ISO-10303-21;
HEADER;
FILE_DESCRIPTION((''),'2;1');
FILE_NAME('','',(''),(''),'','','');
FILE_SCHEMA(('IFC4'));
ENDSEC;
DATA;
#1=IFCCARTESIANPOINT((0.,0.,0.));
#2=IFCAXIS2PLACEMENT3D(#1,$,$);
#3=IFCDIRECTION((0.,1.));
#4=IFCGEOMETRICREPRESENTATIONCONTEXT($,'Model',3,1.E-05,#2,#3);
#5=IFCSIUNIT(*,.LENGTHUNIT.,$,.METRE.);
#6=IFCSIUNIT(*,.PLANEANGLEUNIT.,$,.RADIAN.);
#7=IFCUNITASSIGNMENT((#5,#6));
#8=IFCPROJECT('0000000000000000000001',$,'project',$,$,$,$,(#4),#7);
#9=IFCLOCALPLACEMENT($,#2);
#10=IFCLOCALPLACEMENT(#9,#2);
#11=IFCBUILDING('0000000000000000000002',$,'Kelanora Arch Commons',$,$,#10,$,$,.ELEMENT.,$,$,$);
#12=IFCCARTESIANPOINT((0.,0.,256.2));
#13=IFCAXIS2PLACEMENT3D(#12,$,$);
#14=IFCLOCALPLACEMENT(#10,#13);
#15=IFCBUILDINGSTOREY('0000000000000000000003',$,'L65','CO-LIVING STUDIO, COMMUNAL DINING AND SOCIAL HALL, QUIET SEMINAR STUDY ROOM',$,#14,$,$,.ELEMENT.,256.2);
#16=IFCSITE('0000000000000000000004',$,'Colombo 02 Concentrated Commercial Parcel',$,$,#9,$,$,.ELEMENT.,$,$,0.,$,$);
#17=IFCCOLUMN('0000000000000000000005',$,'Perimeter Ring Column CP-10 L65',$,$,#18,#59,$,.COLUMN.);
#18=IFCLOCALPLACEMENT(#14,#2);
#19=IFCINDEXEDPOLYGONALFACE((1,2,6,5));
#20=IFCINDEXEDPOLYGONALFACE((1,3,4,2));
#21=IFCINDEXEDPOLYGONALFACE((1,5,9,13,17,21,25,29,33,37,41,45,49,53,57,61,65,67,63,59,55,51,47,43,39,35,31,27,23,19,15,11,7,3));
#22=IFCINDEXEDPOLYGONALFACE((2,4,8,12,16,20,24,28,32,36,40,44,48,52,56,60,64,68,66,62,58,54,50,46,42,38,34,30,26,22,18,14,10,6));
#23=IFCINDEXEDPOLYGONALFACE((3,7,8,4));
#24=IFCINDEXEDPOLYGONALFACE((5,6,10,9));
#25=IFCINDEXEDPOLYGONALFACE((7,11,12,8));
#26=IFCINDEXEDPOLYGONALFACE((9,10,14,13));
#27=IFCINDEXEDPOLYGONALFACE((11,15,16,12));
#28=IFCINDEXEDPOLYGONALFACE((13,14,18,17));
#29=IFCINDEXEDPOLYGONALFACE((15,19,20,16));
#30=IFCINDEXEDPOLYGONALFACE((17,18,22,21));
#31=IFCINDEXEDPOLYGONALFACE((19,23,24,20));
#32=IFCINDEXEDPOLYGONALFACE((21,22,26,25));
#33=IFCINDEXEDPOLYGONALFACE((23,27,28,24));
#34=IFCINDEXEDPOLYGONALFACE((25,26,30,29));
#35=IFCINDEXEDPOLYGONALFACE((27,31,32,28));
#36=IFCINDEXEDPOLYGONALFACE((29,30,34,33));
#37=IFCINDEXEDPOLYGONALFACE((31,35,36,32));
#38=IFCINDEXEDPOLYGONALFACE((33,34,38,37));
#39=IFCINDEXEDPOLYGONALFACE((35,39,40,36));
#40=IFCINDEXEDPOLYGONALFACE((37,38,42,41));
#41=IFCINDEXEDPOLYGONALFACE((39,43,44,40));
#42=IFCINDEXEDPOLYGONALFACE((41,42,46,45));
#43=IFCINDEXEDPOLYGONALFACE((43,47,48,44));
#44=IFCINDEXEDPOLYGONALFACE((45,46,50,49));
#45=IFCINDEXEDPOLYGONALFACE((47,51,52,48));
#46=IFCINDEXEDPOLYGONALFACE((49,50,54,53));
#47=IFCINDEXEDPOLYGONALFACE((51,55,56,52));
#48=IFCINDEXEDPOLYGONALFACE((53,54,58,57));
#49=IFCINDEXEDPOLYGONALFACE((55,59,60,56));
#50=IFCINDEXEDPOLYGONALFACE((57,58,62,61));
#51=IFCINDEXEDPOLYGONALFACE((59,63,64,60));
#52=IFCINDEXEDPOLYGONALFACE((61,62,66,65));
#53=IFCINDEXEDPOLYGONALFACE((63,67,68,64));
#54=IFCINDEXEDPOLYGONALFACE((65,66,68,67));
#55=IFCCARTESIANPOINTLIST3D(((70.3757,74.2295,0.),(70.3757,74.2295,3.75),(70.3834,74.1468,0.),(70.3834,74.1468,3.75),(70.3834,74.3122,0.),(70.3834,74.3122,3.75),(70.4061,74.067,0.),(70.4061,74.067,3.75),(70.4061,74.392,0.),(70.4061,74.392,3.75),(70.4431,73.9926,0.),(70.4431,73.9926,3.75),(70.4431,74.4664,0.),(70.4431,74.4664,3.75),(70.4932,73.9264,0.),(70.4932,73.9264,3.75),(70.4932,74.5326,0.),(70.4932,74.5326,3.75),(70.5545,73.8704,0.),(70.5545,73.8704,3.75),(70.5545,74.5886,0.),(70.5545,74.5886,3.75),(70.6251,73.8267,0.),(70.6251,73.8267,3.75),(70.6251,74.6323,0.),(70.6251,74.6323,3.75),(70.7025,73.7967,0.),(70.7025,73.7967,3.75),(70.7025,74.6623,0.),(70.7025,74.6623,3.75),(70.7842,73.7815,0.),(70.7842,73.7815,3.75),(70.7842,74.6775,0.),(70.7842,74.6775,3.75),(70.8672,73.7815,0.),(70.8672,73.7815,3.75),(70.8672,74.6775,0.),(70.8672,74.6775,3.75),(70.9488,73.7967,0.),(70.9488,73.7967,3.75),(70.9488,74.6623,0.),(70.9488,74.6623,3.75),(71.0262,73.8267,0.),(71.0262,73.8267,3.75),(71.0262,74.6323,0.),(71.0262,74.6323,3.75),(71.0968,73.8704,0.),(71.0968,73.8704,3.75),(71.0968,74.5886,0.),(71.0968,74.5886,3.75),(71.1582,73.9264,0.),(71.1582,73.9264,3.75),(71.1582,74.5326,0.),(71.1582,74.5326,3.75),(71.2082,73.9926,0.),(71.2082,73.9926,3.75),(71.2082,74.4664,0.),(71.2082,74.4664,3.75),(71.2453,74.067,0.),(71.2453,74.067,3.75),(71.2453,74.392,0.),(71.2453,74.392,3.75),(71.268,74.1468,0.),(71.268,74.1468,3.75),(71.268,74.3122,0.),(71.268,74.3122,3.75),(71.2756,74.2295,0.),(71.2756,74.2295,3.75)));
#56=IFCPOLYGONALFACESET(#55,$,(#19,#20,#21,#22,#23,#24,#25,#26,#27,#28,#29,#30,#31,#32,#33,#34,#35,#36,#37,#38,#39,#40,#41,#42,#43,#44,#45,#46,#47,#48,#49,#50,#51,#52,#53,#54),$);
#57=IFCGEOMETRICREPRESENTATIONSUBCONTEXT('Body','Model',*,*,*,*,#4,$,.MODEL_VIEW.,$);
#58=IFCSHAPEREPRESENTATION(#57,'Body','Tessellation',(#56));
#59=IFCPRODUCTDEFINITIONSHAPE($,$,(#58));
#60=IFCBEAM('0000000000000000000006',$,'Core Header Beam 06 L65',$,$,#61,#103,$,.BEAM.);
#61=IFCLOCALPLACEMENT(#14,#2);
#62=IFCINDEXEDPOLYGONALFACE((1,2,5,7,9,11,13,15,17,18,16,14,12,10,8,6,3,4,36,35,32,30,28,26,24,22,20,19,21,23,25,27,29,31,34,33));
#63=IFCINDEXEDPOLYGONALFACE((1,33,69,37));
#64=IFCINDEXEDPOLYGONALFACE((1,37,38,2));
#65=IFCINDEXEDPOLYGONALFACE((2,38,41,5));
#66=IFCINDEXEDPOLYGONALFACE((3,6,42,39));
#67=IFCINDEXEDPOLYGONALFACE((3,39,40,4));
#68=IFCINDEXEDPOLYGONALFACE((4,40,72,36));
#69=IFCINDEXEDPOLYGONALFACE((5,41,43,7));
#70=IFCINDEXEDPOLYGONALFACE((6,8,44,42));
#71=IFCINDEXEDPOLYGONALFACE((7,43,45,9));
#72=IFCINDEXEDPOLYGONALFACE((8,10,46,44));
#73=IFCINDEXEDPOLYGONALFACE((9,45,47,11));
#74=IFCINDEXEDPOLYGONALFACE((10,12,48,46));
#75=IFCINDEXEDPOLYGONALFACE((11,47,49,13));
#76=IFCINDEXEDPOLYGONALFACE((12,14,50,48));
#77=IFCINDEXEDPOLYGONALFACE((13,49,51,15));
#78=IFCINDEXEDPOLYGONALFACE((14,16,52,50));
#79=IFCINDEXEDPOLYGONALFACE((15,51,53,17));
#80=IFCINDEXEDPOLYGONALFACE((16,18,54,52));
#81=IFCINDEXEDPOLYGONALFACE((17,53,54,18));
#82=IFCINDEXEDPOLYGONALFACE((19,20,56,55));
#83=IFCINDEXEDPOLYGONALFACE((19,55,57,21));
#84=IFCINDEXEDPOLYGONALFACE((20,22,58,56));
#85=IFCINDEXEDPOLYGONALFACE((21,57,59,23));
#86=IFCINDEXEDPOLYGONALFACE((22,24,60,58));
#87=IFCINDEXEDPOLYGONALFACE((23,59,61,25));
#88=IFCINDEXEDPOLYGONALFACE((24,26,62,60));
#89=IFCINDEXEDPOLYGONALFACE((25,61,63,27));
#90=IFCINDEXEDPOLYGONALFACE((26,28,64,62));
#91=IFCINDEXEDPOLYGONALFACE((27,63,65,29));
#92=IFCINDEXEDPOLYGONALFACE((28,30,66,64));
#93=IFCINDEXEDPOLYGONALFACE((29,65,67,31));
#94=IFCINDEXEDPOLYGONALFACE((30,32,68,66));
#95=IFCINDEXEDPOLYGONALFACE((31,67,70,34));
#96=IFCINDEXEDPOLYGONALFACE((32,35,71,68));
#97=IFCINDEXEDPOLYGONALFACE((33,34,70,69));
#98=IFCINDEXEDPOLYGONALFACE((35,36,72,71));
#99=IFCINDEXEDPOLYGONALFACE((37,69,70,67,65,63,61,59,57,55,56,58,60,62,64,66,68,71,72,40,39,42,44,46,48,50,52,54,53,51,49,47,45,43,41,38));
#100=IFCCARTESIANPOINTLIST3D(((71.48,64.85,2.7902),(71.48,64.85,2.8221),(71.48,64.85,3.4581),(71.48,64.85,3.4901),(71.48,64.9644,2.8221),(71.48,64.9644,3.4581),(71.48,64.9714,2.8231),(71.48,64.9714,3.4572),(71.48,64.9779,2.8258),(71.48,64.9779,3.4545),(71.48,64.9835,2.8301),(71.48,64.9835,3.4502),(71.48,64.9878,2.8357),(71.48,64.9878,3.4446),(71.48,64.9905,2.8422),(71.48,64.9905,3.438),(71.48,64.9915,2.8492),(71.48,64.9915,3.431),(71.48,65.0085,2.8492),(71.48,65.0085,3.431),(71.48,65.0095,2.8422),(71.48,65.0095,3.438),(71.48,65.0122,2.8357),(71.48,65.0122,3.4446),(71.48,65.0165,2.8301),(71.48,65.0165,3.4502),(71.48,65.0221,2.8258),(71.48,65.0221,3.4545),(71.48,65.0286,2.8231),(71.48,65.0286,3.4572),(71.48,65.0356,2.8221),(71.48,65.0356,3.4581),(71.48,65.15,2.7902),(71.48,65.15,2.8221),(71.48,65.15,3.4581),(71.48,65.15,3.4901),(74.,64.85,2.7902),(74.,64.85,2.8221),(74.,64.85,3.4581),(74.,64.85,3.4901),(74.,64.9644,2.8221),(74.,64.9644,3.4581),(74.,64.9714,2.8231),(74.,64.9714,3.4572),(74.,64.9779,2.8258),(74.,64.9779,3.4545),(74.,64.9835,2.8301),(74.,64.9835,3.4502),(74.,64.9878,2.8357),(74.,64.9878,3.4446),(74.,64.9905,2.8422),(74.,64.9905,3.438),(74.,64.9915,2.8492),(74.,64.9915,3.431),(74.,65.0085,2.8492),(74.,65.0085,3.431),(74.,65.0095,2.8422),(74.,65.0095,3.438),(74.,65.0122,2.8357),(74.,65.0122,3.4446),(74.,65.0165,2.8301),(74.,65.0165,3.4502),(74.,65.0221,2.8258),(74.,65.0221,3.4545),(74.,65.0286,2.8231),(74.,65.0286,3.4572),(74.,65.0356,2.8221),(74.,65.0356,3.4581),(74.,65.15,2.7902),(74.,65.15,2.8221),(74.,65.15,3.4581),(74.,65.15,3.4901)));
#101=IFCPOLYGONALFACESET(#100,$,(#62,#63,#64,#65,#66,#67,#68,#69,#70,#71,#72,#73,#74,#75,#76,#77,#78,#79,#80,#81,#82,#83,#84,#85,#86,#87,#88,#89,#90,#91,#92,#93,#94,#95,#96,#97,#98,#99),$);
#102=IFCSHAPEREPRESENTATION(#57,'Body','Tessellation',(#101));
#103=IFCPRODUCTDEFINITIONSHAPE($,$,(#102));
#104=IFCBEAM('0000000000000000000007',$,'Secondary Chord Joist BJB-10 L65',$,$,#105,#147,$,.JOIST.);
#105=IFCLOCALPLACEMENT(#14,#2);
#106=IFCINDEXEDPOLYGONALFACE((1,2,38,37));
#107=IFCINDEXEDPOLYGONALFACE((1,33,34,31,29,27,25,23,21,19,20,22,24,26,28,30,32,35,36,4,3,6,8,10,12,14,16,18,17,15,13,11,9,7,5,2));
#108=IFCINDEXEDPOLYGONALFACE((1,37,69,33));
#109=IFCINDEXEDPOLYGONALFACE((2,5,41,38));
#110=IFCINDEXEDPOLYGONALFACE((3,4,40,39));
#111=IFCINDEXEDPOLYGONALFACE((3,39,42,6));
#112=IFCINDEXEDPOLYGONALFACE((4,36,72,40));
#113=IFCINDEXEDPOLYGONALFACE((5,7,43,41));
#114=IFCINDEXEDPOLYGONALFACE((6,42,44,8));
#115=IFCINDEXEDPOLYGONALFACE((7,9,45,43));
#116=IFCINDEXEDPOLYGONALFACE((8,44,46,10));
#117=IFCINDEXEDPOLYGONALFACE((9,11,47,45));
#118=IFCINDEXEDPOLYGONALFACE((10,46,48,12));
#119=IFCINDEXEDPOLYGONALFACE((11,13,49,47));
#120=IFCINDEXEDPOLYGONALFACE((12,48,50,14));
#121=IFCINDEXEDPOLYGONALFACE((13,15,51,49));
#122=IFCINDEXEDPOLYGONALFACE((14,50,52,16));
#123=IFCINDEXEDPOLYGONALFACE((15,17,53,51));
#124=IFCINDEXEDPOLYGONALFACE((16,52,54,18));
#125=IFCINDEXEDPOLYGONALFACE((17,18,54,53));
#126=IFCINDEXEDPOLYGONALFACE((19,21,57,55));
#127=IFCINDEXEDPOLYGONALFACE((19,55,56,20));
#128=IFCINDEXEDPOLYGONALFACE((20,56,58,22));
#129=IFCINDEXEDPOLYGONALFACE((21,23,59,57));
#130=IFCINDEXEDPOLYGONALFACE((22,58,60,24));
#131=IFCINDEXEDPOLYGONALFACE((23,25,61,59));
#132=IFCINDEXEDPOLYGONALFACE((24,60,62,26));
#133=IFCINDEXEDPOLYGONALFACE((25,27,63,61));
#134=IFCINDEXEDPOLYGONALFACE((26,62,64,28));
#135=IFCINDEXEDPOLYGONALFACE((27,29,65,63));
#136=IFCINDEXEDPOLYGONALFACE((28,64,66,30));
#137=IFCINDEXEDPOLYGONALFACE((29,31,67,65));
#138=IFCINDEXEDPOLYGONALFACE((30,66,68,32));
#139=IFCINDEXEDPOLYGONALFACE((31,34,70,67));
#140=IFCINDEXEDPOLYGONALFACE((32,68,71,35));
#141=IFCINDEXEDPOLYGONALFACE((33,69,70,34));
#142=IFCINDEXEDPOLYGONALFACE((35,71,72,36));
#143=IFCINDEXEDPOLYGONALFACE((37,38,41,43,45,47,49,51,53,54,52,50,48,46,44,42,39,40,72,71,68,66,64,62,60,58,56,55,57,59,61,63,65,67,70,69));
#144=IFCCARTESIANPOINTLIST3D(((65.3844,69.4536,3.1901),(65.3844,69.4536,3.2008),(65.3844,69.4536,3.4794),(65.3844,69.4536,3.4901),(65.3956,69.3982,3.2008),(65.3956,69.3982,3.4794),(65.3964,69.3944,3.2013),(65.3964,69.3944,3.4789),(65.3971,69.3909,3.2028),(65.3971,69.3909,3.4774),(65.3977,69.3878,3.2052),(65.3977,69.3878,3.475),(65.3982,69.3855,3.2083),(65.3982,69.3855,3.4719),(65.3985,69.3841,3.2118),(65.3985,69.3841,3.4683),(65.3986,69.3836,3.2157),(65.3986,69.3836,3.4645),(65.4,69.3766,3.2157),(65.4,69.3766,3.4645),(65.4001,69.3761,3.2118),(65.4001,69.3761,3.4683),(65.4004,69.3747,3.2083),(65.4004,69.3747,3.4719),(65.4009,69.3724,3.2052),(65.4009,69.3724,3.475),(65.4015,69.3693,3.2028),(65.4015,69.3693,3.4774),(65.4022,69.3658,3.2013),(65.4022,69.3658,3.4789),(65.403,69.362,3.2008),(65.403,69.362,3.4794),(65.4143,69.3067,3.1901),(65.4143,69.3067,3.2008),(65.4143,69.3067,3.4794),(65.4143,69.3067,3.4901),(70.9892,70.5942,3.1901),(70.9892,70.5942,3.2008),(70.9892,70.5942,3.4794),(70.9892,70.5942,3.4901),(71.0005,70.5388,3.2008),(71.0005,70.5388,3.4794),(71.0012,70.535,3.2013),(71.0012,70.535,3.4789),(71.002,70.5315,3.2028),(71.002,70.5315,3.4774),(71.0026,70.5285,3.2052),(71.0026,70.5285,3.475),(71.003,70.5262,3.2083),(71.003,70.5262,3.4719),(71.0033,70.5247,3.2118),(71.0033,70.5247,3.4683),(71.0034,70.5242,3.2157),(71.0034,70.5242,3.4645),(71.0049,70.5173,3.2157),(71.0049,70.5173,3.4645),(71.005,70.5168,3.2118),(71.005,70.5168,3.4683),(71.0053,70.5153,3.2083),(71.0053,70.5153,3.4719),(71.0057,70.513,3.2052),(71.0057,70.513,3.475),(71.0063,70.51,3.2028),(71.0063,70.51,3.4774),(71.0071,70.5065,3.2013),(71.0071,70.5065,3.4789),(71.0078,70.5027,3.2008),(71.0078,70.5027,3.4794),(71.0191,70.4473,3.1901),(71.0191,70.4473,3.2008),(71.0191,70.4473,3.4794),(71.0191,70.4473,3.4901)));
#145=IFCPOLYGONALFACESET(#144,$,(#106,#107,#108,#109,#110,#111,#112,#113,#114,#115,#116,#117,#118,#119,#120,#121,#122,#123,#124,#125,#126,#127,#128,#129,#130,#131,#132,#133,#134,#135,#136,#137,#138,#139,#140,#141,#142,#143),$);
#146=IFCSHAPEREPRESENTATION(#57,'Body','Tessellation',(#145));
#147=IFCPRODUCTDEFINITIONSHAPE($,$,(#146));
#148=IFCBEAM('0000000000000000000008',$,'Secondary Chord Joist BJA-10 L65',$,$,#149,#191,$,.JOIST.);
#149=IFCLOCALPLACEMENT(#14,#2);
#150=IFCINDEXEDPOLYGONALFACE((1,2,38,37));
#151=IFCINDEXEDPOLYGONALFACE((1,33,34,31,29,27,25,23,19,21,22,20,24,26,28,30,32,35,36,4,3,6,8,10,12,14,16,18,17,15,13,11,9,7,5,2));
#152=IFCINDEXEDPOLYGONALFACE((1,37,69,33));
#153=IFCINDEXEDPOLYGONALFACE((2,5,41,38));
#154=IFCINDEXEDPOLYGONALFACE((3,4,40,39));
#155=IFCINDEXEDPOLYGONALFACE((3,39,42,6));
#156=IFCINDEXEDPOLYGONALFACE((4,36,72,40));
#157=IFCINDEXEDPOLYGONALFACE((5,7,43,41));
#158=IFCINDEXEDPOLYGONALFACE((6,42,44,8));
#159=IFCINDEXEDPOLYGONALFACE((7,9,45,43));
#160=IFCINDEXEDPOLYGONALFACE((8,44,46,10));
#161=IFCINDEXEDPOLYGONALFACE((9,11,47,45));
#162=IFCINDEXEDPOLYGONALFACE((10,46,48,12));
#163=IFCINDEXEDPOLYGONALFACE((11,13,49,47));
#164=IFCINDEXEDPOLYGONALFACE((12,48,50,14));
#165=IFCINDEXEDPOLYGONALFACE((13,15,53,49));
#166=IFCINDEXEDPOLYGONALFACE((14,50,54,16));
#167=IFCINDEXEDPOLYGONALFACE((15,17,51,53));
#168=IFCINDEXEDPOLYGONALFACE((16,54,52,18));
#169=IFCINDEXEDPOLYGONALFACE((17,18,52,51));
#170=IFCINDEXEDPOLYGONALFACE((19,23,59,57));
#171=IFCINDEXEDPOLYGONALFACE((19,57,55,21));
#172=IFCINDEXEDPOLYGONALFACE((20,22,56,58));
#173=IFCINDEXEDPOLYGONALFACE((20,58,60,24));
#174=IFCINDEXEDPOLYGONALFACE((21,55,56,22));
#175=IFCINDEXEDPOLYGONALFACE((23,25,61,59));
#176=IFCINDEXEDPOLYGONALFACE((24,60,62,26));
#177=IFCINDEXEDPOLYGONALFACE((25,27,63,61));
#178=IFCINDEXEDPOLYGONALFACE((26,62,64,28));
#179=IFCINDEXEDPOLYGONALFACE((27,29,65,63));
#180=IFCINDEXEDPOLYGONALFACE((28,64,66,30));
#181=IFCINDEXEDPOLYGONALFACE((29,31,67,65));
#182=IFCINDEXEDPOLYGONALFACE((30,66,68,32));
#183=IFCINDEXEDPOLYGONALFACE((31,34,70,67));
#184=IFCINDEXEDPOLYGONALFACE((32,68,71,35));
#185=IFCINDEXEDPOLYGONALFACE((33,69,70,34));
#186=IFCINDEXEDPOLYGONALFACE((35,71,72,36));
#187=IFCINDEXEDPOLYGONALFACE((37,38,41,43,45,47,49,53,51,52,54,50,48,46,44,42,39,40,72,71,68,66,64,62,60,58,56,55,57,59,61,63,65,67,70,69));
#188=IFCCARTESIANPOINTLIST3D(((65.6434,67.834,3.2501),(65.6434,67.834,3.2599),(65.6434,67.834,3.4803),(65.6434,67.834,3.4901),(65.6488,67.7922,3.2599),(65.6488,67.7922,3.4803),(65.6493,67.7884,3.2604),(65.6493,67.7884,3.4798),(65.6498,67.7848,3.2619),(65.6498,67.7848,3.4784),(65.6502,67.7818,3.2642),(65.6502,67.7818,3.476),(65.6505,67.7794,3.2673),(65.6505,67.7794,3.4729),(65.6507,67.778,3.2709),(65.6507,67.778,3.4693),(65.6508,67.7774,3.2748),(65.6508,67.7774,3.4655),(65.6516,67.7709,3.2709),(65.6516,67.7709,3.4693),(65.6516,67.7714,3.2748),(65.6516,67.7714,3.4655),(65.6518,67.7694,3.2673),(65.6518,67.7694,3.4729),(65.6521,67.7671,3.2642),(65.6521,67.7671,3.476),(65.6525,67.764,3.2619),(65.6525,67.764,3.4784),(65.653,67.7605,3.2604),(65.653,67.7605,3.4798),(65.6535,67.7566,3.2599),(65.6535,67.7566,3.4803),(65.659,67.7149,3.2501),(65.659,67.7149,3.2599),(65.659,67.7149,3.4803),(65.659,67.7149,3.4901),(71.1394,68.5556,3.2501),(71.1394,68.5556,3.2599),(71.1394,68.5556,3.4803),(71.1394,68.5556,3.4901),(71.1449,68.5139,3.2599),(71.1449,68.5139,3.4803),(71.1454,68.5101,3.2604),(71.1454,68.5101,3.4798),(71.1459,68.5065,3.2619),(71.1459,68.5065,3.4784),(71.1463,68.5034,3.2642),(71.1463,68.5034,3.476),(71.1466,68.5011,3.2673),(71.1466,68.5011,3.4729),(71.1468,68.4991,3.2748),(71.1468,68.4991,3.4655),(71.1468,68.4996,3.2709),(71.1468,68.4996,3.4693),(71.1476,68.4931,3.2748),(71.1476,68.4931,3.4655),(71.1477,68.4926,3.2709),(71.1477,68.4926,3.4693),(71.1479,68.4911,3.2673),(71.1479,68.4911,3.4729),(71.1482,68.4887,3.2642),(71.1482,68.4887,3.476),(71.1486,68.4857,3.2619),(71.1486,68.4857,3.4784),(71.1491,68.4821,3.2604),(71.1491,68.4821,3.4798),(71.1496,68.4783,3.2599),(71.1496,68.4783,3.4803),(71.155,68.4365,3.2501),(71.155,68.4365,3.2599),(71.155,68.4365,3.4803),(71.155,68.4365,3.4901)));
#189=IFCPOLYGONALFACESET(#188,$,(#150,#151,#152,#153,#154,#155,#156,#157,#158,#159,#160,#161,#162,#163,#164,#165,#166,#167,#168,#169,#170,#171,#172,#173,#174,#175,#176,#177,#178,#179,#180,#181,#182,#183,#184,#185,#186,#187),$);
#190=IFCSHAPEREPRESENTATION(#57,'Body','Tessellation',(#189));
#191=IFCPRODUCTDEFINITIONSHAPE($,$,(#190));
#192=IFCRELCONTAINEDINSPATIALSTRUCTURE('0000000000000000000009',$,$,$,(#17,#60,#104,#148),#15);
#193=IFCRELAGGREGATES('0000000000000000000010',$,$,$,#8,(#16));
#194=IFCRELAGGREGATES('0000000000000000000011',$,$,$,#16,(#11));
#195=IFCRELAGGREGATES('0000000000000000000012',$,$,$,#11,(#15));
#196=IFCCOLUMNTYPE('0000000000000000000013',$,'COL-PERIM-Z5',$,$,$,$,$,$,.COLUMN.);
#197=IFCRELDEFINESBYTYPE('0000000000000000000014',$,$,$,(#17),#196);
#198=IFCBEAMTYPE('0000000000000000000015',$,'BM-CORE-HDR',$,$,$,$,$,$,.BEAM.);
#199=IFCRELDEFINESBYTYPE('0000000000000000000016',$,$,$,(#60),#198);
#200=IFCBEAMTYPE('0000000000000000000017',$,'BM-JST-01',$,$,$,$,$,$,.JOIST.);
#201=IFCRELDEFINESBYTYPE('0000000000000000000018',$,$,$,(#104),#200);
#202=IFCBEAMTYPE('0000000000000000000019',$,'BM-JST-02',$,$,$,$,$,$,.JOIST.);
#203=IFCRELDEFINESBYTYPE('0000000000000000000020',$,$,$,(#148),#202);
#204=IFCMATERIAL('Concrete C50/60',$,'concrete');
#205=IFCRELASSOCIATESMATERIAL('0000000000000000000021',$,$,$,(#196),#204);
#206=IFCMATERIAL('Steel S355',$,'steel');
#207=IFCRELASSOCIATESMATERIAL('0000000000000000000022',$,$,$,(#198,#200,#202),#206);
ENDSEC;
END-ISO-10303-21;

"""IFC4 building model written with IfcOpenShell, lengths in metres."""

from ifc_helpers import new_model, si_unit, direction, frame, origin, origin_2d, place, context, subcontext, project, spatial, circle, i_section, extrude, material, material_profile, profile_set, type_object, element, save


model = new_model("IFC4")

# Units and contexts
model_context = context("Model", 3, precision=1e-05, world=origin(), true_north=direction((0.0, 1.0)))
body_context = subcontext(model_context, "Body", "Model", "MODEL_VIEW")
ifc_project = project(units=[si_unit("LENGTHUNIT", "METRE"), si_unit("PLANEANGLEUNIT", "RADIAN")], contexts=[model_context])

# Site, building, storey
site_placement = place(None, origin())
site = spatial("IfcSite", under=ifc_project, at=site_placement, Name="Colombo 02 Concentrated Commercial Parcel", CompositionType="ELEMENT", RefElevation=0.0)
building_placement = place(site_placement, origin())
building = spatial("IfcBuilding", under=site, at=building_placement, Name="Kelanora Arch Commons", CompositionType="ELEMENT")
storey_placement = place(building_placement, frame((0.0, 0.0, 256.2)))
storey = spatial("IfcBuildingStorey", under=building, at=storey_placement, Name="L65", Description="CO-LIVING STUDIO, COMMUNAL DINING AND SOCIAL HALL, QUIET SEMINAR STUDY ROOM", CompositionType="ELEMENT", Elevation=256.2)

# Column
ifc_material_1 = material(Name="Concrete C50/60", Category="concrete")
ifc_material_profile_1 = material_profile(ifc_material_1, circle(Radius=0.45, at=origin_2d()), Name="RCC900")
ifc_profile_set_1 = profile_set([ifc_material_profile_1], Name="Concrete C50/60")
column_type = type_object("IfcColumnType", Name="COL-PERIM-Z5", PredefinedType="COLUMN", material=ifc_profile_set_1)
column_placement = place(storey_placement, frame((70.8257, 74.2295, 0.0), z_axis=(0.0, 0.0, 1.0), x_axis=(1.0, 0.0, 0.0)))
element("IfcColumn", 1, at=column_placement, inside=storey, type_object=column_type, Name="Perimeter Ring Column CP-10 L65", PredefinedType="COLUMN", context=body_context, shape_type="SweptSolid", body=[
    extrude(circle(Radius=0.45, at=origin_2d()), origin(), (0.0, 0.0, 1.0), 3.75),
])

# Beams
ifc_material_2 = material(Name="Steel S355", Category="steel")
ifc_material_profile_2 = material_profile(ifc_material_2, i_section(OverallWidth=0.3, OverallDepth=0.7, WebThickness=0.0171, FlangeThickness=0.032, FilletRadius=0.0271, at=origin_2d()), Name="HEB700")
ifc_profile_set_2 = profile_set([ifc_material_profile_2], Name="Steel S355")
beam_type_1 = type_object("IfcBeamType", Name="BM-CORE-HDR", PredefinedType="BEAM", material=ifc_profile_set_2)
beam_1_placement = place(storey_placement, frame((74.0, 65.0, 3.1401), z_axis=(-1.0, 0.0, 0.0), x_axis=(0.0, -1.0, 0.0)))
element("IfcBeam", 2, at=beam_1_placement, inside=storey, type_object=beam_type_1, Name="Core Header Beam 06 L65", PredefinedType="BEAM", context=body_context, shape_type="SweptSolid", body=[
    extrude(i_section(OverallWidth=0.3, OverallDepth=0.7, WebThickness=0.0171, FlangeThickness=0.032, FilletRadius=0.0271, at=origin_2d()), origin(), (0.0, 0.0, 1.0), 2.52),
])
ifc_material_profile_3 = material_profile(ifc_material_2, i_section(OverallWidth=0.1499, OverallDepth=0.3, WebThickness=0.0071, FlangeThickness=0.0107, FilletRadius=0.0149, at=origin_2d()), Name="IPE300")
ifc_profile_set_3 = profile_set([ifc_material_profile_3], Name="Steel S355")
beam_type_2 = type_object("IfcBeamType", Name="BM-JST-01", PredefinedType="JOIST", material=ifc_profile_set_3)
beam_2_placement = place(storey_placement, frame((71.0042, 70.5208, 3.3401), z_axis=(-0.979913, -0.199423, 0.0), x_axis=(0.199423, -0.979913, 0.0)))
element("IfcBeam", 3, at=beam_2_placement, inside=storey, type_object=beam_type_2, Name="Secondary Chord Joist BJB-10 L65", PredefinedType="JOIST", context=body_context, shape_type="SweptSolid", body=[
    extrude(i_section(OverallWidth=0.1499, OverallDepth=0.3, WebThickness=0.0071, FlangeThickness=0.0107, FilletRadius=0.0149, at=origin_2d()), origin(), (0.0, 0.0, 1.0), 5.7197),
])
ifc_material_profile_4 = material_profile(ifc_material_2, i_section(OverallWidth=0.1201, OverallDepth=0.24, WebThickness=0.0061, FlangeThickness=0.0098, FilletRadius=0.0149, at=origin_2d()), Name="IPE240")
ifc_profile_set_4 = profile_set([ifc_material_profile_4], Name="Steel S355")
beam_type_3 = type_object("IfcBeamType", Name="BM-JST-02", PredefinedType="JOIST", material=ifc_profile_set_4)
beam_3_placement = place(storey_placement, frame((71.1472, 68.4961, 3.3701), z_axis=(-0.991489, -0.13019, 0.0), x_axis=(0.13019, -0.991489, 0.0)))
element("IfcBeam", 4, at=beam_3_placement, inside=storey, type_object=beam_type_3, Name="Secondary Chord Joist BJA-10 L65", PredefinedType="JOIST", context=body_context, shape_type="SweptSolid", body=[
    extrude(i_section(OverallWidth=0.1201, OverallDepth=0.24, WebThickness=0.0061, FlangeThickness=0.0098, FilletRadius=0.0149, at=origin_2d()), origin(), (0.0, 0.0, 1.0), 5.5432),
])

save(model, "model.ifc")
